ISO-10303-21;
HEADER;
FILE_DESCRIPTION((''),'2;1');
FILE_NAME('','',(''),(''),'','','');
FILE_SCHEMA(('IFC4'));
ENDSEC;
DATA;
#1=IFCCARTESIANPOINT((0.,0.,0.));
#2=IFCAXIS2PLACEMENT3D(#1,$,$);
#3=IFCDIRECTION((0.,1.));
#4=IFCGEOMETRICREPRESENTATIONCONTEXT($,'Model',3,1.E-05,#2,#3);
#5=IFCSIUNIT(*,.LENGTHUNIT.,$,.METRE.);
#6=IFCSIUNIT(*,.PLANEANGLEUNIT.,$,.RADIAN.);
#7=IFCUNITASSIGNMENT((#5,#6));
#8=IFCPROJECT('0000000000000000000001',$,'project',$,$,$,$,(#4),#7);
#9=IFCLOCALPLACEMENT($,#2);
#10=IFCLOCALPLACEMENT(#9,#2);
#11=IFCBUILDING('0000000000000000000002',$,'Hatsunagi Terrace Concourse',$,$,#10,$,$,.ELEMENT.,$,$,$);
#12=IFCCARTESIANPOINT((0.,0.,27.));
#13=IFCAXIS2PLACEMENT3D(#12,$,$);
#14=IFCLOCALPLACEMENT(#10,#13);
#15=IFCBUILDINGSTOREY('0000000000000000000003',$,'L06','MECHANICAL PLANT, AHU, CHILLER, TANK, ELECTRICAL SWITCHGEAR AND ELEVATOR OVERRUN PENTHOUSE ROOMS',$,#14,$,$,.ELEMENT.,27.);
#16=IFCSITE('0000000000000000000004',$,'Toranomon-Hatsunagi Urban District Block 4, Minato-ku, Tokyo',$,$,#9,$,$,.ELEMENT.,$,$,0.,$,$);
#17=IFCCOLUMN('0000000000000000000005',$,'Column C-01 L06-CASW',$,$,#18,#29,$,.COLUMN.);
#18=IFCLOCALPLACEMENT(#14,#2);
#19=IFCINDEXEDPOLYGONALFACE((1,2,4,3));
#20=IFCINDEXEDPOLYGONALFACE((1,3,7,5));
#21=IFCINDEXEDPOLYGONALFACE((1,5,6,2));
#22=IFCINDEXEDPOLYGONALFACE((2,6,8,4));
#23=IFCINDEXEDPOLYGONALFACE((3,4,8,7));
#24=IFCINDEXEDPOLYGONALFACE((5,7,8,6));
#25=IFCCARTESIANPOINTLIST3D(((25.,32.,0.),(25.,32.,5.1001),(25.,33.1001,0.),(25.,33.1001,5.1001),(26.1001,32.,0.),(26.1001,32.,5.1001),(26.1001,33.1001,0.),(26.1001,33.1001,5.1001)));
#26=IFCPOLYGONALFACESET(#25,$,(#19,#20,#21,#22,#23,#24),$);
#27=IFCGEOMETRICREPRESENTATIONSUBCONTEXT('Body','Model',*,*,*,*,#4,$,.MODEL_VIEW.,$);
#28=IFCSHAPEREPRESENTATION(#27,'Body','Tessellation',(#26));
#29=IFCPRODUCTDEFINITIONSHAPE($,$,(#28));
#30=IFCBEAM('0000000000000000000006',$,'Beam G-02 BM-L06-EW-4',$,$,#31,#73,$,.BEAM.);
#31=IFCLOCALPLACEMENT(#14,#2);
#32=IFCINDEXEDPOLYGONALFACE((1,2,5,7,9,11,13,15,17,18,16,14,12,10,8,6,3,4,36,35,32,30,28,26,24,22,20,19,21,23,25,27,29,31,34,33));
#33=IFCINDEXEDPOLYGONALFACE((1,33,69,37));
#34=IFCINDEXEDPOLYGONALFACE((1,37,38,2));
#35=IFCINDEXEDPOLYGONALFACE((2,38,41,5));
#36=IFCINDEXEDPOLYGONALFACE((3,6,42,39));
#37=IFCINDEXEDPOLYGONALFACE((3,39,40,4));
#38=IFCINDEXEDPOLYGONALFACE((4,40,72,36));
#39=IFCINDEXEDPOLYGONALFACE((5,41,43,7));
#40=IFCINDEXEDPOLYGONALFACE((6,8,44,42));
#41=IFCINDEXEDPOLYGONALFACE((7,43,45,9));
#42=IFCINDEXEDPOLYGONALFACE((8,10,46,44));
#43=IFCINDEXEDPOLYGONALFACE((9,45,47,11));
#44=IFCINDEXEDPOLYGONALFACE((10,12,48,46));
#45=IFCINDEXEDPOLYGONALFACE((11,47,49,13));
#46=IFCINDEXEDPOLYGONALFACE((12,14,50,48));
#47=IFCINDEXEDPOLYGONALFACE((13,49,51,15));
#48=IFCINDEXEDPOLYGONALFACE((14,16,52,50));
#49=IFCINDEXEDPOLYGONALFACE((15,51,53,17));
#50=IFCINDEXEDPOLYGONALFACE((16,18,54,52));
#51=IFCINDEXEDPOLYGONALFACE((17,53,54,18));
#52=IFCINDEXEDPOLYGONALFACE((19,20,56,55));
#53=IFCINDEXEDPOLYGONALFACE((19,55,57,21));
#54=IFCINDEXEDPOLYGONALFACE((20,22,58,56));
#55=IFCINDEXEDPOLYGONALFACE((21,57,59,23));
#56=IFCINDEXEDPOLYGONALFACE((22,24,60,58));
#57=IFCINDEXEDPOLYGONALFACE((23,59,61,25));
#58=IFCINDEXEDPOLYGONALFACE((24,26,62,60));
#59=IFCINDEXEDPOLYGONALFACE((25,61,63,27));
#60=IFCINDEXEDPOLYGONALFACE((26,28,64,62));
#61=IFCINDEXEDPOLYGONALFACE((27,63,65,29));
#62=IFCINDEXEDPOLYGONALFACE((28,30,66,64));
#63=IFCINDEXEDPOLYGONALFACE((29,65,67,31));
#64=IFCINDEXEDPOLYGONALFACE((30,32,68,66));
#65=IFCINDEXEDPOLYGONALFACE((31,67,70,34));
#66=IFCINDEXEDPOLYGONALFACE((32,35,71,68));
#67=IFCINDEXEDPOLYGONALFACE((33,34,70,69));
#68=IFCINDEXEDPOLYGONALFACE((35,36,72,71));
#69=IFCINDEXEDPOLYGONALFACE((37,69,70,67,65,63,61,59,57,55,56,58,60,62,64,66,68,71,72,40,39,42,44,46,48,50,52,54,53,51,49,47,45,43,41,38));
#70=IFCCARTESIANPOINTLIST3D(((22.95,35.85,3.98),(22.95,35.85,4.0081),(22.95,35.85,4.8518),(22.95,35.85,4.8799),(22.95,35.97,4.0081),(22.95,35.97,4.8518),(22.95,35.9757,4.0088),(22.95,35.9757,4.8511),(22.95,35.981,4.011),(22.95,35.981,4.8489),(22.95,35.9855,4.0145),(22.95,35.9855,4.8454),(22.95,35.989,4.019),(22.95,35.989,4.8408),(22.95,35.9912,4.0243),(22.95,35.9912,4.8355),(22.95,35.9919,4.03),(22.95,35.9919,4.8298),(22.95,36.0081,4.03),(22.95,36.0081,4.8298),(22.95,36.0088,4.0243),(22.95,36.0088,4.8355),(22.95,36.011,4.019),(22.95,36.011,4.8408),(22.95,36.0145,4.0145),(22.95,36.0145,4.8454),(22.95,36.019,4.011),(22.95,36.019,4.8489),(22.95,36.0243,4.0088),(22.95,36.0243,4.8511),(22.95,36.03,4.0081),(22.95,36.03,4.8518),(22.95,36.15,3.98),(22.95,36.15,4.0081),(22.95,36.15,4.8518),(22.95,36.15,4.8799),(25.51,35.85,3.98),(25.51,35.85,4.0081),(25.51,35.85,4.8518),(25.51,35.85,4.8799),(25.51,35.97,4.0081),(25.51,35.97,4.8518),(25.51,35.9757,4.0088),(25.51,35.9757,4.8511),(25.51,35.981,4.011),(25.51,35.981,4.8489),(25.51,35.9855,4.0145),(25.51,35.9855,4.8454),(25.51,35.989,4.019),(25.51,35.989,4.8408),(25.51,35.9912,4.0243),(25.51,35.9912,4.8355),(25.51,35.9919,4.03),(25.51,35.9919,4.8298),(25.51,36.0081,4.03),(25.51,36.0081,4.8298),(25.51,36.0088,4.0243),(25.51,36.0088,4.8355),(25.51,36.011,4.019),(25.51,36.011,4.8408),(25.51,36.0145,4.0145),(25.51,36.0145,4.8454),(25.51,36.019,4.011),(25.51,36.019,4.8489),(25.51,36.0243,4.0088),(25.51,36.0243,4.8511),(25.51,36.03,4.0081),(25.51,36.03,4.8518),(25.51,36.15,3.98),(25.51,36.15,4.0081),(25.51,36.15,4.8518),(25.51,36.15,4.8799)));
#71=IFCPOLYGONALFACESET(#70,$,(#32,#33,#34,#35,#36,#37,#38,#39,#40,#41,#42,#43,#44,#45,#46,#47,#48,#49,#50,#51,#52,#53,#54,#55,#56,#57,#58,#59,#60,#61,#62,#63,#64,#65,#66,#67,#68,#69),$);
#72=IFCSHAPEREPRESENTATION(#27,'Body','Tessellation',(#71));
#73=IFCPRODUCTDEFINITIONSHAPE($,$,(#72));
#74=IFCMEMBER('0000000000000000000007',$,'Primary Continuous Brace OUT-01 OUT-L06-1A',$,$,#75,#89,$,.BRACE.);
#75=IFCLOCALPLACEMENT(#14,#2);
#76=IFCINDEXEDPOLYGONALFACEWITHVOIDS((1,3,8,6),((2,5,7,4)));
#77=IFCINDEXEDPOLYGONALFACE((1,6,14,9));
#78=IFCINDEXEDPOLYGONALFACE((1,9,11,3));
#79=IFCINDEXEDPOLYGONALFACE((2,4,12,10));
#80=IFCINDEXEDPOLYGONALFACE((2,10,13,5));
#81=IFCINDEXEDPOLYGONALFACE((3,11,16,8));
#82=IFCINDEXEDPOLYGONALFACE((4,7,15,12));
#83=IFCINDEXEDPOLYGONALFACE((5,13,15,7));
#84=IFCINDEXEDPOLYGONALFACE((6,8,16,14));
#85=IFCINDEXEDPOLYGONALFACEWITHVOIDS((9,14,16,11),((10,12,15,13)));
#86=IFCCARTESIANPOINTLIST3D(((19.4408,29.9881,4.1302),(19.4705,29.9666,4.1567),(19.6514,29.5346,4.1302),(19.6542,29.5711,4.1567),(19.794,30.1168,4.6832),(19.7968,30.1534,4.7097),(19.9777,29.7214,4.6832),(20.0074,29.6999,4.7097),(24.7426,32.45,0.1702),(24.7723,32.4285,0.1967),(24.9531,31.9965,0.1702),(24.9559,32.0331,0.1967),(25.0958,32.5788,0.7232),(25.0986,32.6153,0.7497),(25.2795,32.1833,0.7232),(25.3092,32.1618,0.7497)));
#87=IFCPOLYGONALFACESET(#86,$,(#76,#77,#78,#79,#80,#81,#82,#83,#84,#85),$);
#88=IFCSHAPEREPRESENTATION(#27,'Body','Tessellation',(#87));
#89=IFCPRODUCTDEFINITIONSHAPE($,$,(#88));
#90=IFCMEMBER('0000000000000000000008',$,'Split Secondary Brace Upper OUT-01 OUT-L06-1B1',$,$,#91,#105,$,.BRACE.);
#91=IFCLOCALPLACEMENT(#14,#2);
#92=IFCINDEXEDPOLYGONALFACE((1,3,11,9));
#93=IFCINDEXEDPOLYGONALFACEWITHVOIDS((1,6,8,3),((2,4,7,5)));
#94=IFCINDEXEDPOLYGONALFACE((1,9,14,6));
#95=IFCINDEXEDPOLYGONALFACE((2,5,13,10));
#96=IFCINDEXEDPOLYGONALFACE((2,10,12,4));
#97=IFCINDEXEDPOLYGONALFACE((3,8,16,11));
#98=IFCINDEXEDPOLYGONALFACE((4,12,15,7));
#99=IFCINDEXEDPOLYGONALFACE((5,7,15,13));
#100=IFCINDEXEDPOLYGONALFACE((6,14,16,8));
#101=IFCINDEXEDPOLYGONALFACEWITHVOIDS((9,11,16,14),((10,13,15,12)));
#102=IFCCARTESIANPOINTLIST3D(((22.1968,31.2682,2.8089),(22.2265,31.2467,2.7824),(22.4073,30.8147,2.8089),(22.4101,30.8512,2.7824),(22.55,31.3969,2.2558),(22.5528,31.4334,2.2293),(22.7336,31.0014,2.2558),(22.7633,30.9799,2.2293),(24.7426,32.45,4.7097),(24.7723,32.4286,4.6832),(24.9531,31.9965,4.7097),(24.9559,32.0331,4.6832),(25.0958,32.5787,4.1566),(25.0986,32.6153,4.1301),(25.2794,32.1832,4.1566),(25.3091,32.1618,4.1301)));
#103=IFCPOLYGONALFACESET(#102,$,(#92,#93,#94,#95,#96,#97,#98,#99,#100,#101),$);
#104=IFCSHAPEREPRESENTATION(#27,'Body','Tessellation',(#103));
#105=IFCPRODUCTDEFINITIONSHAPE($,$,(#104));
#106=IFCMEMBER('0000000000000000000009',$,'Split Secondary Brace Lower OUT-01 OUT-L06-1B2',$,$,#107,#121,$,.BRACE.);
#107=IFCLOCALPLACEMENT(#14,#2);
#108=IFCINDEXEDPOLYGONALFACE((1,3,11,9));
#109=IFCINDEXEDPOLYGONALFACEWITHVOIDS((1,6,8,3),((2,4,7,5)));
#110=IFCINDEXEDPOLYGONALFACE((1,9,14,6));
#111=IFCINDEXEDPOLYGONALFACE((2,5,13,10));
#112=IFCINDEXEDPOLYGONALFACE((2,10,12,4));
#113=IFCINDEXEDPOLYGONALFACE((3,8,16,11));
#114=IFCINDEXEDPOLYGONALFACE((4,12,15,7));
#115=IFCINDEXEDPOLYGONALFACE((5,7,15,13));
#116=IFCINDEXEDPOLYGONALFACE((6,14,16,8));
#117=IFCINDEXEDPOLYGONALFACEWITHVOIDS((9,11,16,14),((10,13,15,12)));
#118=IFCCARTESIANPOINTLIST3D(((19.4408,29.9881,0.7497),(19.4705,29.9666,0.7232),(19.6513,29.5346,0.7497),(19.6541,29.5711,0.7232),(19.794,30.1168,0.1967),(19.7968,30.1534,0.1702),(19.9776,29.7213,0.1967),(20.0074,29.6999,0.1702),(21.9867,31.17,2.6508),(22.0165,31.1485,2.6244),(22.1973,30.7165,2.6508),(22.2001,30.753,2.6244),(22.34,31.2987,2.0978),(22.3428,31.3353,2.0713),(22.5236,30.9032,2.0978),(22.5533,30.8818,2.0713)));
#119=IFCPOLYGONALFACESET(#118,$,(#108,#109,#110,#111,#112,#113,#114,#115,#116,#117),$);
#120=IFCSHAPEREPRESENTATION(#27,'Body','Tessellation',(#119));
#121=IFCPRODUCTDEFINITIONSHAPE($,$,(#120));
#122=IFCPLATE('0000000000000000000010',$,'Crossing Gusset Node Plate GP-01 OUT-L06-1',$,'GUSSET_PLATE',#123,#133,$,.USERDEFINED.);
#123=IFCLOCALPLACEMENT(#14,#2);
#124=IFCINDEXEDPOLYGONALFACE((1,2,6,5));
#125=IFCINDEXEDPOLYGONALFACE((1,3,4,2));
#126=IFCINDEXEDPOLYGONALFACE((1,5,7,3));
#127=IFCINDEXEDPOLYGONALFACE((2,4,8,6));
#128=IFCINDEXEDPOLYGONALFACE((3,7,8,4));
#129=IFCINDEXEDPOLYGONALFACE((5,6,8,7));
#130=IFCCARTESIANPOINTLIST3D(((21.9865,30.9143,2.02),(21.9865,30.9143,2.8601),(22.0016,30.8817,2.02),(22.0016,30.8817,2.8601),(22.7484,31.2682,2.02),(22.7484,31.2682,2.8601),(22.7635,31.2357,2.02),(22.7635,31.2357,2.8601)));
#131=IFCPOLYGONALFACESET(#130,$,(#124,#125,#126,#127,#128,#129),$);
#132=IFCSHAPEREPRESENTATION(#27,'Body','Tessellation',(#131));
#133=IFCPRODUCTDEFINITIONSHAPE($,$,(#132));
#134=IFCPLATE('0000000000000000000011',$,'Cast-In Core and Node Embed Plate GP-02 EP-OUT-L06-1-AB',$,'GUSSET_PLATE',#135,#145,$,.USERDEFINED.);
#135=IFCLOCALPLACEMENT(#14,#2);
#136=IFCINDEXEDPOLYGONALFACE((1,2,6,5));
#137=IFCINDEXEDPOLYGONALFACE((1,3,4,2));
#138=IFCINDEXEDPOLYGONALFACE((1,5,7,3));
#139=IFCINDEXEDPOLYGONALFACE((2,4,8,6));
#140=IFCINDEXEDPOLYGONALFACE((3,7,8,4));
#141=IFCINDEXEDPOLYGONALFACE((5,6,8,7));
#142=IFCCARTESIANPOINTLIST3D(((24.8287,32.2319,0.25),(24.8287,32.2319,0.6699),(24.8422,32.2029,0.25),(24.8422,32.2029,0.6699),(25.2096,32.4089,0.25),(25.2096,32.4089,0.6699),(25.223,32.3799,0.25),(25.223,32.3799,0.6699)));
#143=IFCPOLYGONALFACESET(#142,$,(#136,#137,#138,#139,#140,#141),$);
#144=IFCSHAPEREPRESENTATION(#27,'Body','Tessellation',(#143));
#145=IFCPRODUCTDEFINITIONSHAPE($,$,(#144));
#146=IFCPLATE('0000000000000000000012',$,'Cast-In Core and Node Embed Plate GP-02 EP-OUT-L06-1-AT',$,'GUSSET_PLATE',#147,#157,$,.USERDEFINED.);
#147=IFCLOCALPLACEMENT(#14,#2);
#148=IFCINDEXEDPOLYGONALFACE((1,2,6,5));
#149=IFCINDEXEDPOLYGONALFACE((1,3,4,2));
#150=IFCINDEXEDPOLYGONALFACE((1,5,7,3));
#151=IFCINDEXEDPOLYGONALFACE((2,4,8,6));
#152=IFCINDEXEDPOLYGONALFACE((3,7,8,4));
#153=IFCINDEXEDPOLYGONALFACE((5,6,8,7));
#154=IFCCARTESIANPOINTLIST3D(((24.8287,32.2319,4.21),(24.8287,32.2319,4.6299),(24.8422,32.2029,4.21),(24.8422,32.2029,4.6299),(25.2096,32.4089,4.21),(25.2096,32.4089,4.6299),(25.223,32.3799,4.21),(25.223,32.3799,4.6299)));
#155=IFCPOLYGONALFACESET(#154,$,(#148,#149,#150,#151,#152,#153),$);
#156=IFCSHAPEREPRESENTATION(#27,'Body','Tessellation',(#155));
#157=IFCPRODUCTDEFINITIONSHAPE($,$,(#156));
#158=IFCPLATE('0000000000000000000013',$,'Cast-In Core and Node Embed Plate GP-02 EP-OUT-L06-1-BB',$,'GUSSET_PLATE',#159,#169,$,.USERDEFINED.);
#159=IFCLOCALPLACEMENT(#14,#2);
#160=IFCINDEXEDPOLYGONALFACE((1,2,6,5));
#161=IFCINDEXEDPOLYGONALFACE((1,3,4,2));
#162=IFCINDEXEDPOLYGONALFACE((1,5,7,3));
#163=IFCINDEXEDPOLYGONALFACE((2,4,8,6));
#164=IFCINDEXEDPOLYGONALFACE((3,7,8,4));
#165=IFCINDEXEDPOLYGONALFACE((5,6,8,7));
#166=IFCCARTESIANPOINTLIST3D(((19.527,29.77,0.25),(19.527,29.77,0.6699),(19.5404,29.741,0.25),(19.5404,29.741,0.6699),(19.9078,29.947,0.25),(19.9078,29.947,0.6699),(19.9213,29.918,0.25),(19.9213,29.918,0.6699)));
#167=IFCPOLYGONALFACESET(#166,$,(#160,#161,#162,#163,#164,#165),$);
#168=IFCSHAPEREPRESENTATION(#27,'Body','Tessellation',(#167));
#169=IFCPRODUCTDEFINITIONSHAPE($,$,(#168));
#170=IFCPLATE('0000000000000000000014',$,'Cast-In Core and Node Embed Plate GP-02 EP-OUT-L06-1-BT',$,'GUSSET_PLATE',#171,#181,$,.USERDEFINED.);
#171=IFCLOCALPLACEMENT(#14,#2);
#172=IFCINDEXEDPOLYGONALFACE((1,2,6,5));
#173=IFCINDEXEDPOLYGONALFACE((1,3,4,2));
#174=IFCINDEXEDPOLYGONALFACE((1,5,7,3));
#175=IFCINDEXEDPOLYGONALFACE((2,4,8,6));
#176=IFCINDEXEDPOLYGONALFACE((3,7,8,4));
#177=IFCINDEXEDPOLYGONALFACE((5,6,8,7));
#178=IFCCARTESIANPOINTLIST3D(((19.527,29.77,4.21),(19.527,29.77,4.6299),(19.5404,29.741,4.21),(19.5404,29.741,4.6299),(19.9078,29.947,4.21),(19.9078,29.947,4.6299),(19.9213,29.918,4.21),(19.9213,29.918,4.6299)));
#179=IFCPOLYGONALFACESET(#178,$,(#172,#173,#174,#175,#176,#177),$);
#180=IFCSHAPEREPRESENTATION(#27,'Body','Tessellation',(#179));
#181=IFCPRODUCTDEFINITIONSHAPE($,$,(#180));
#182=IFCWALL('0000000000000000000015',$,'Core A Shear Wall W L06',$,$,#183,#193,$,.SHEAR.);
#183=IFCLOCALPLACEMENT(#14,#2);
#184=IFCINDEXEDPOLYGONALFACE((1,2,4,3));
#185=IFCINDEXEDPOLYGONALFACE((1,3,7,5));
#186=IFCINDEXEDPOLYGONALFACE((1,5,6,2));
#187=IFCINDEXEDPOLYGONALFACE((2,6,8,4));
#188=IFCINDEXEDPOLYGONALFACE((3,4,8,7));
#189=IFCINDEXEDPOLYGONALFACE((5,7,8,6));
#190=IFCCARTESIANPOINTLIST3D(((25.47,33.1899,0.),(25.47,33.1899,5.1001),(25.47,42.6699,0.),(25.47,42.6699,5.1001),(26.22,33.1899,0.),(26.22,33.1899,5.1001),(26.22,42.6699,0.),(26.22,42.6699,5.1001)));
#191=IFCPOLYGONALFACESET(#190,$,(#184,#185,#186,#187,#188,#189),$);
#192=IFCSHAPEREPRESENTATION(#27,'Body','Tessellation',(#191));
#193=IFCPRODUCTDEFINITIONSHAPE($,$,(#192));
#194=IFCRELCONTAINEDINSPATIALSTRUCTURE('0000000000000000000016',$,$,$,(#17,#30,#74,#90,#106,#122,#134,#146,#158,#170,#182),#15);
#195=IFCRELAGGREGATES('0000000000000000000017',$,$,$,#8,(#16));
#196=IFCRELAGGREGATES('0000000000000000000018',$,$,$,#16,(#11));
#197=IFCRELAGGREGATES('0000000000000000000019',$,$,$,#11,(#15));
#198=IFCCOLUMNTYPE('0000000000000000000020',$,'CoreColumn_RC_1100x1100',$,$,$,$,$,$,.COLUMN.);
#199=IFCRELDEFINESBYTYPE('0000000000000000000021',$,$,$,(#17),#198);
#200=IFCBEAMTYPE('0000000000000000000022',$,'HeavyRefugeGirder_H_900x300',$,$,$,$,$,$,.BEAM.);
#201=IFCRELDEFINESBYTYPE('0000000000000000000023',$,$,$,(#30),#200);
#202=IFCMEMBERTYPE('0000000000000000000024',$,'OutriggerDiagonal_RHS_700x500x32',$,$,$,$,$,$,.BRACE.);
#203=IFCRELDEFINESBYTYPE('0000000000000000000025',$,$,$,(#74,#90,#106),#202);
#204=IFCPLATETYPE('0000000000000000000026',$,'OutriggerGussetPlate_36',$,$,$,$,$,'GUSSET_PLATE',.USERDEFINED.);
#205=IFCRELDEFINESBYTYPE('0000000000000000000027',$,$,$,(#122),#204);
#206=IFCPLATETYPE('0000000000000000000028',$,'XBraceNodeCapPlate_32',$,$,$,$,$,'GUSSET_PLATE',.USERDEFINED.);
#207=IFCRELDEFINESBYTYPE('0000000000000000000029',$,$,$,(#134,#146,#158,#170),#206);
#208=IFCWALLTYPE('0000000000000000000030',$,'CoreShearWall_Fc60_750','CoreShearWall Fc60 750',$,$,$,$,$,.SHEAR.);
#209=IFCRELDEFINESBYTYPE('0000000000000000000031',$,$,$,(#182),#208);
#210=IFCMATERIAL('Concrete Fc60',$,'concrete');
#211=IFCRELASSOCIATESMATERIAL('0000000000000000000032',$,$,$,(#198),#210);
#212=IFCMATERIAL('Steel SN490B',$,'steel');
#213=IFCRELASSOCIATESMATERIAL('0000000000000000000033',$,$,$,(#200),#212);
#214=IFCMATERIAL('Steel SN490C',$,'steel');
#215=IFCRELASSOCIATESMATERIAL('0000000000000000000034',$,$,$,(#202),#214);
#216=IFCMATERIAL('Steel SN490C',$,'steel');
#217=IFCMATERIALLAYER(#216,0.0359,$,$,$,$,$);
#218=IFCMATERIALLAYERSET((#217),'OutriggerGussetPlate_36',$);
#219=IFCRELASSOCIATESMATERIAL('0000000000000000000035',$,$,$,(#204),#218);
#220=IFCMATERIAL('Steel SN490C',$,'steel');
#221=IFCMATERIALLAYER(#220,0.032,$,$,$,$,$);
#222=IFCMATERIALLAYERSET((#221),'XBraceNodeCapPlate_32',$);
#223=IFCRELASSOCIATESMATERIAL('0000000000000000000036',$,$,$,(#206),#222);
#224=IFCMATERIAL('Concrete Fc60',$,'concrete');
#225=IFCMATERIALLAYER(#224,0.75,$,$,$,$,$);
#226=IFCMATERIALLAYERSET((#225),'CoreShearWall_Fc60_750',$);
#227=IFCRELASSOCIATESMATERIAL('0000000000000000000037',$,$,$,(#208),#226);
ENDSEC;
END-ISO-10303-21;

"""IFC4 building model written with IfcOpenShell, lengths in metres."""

from ifc_helpers import new_model, si_unit, direction, frame, frame_2d, origin, origin_2d, place, context, subcontext, project, spatial, rectangle, hollow_rectangle, i_section, extrude, material, layer, layer_set, material_profile, profile_set, type_object, element, save


model = new_model("IFC4")

# Units and contexts
model_context = context("Model", 3, precision=1e-05, world=origin(), true_north=direction((0.0, 1.0)))
body_context = subcontext(model_context, "Body", "Model", "MODEL_VIEW")
ifc_project = project(units=[si_unit("LENGTHUNIT", "METRE"), si_unit("PLANEANGLEUNIT", "RADIAN")], contexts=[model_context])

# Site, building, storey
site_placement = place(None, origin())
site = spatial("IfcSite", under=ifc_project, at=site_placement, Name="Toranomon-Hatsunagi Urban District Block 4, Minato-ku, Tokyo", CompositionType="ELEMENT", RefElevation=0.0)
building_placement = place(site_placement, origin())
building = spatial("IfcBuilding", under=site, at=building_placement, Name="Hatsunagi Terrace Concourse", CompositionType="ELEMENT")
storey_placement = place(building_placement, frame((0.0, 0.0, 27.0)))
storey = spatial("IfcBuildingStorey", under=building, at=storey_placement, Name="L06", Description="MECHANICAL PLANT, AHU, CHILLER, TANK, ELECTRICAL SWITCHGEAR AND ELEVATOR OVERRUN PENTHOUSE ROOMS", CompositionType="ELEMENT", Elevation=27.0)

# Column
ifc_material_1 = material(Name="Concrete Fc60", Category="concrete")
ifc_material_profile_1 = material_profile(ifc_material_1, rectangle(XDim=1.1001, YDim=1.1001, at=origin_2d()), Name="RC-1100x1100")
ifc_profile_set_1 = profile_set([ifc_material_profile_1], Name="Concrete Fc60")
column_type = type_object("IfcColumnType", Name="CoreColumn_RC_1100x1100", PredefinedType="COLUMN", material=ifc_profile_set_1)
column_placement = place(storey_placement, frame((25.55, 32.55, 0.0), z_axis=(0.0, 0.0, 1.0), x_axis=(1.0, 0.0, 0.0)))
element("IfcColumn", 1, at=column_placement, inside=storey, type_object=column_type, Name="Column C-01 L06-CASW", PredefinedType="COLUMN", context=body_context, shape_type="SweptSolid", body=[
    extrude(rectangle(XDim=1.1001, YDim=1.1001, at=origin_2d()), origin(), (0.0, 0.0, 1.0), 5.1001),
])

# Beam
ifc_material_2 = material(Name="Steel SN490B", Category="steel")
ifc_material_profile_2 = material_profile(ifc_material_2, i_section(OverallWidth=0.3, OverallDepth=0.8999, WebThickness=0.0161, FlangeThickness=0.0281, FilletRadius=0.022, at=origin_2d()), Name="H-900x300x16x28")
ifc_profile_set_2 = profile_set([ifc_material_profile_2], Name="Steel SN490B")
beam_type = type_object("IfcBeamType", Name="HeavyRefugeGirder_H_900x300", PredefinedType="BEAM", material=ifc_profile_set_2)
beam_placement = place(storey_placement, frame((22.95, 36.0, 4.4299), z_axis=(1.0, 0.0, 0.0), x_axis=(0.0, 1.0, 0.0)))
element("IfcBeam", 2, at=beam_placement, inside=storey, type_object=beam_type, Name="Beam G-02 BM-L06-EW-4", PredefinedType="BEAM", context=body_context, shape_type="SweptSolid", body=[
    extrude(i_section(OverallWidth=0.3, OverallDepth=0.8999, WebThickness=0.0161, FlangeThickness=0.0281, FilletRadius=0.022, at=origin_2d()), origin(), (0.0, 0.0, 1.0), 2.5601),
])

# Members
ifc_material_3 = material(Name="Steel SN490C", Category="steel")
ifc_material_profile_3 = material_profile(ifc_material_3, hollow_rectangle(XDim=0.5, YDim=0.7, WallThickness=0.032, at=origin_2d()), Name="RHS-700x500x32")
ifc_profile_set_3 = profile_set([ifc_material_profile_3], Name="Steel SN490C")
member_type = type_object("IfcMemberType", Name="OutriggerDiagonal_RHS_700x500x32", PredefinedType="BRACE", material=ifc_profile_set_3)
member_1_placement = place(storey_placement, frame((25.0259, 32.3059, 0.46), z_axis=(-0.750902, -0.348687, 0.56086), x_axis=(0.421165, -0.906984, 0.0)))
element("IfcMember", 3, at=member_1_placement, inside=storey, type_object=member_type, Name="Primary Continuous Brace OUT-01 OUT-L06-1A", PredefinedType="BRACE", context=body_context, shape_type="SweptSolid", body=[
    extrude(hollow_rectangle(XDim=0.5, YDim=0.7, WallThickness=0.032, at=origin_2d()), origin(), (0.0, 0.0, 1.0), 7.0605),
])
member_2_placement = place(storey_placement, frame((25.0259, 32.3059, 4.4199), z_axis=(-0.751013, -0.348643, -0.560739), x_axis=(0.42107, -0.907028, 0.0)))
element("IfcMember", 4, at=member_2_placement, inside=storey, type_object=member_type, Name="Split Secondary Brace Upper OUT-01 OUT-L06-1B1", PredefinedType="BRACE", context=body_context, shape_type="SweptSolid", body=[
    extrude(hollow_rectangle(XDim=0.5, YDim=0.7, WallThickness=0.032, at=origin_2d()), origin(), (0.0, 0.0, 1.0), 3.3899),
])
member_3_placement = place(storey_placement, frame((22.27, 31.0259, 2.3611), z_axis=(-0.750982, -0.348629, -0.560788), x_axis=(0.42107, -0.907028, 0.0)))
element("IfcMember", 5, at=member_3_placement, inside=storey, type_object=member_type, Name="Split Secondary Brace Lower OUT-01 OUT-L06-1B2", PredefinedType="BRACE", context=body_context, shape_type="SweptSolid", body=[
    extrude(hollow_rectangle(XDim=0.5, YDim=0.7, WallThickness=0.032, at=origin_2d()), origin(), (0.0, 0.0, 1.0), 3.3901),
])

# Plates
ifc_material_4 = material(Name="Steel SN490C", Category="steel")
ifc_layer_1 = layer(ifc_material_4, 0.0359)
ifc_layer_set_1 = layer_set([ifc_layer_1], Name="OutriggerGussetPlate_36")
plate_type_1 = type_object("IfcPlateType", Name="OutriggerGussetPlate_36", ElementType="GUSSET_PLATE", PredefinedType="USERDEFINED", material=ifc_layer_set_1)
plate_placement = place(storey_placement, frame((22.375, 31.075, 2.02), z_axis=(0.0, 0.0, 1.0), x_axis=(-0.906912, -0.421321, 0.0)))
element("IfcPlate", 6, at=plate_placement, inside=storey, type_object=plate_type_1, Name="Crossing Gusset Node Plate GP-01 OUT-L06-1", ObjectType="GUSSET_PLATE", PredefinedType="USERDEFINED", context=body_context, shape_type="SweptSolid", body=[
    extrude(rectangle(XDim=0.8401, YDim=0.0359, at=origin_2d()), origin(), (0.0, 0.0, 1.0), 0.8401),
])
ifc_material_5 = material(Name="Steel SN490C", Category="steel")
ifc_layer_2 = layer(ifc_material_5, 0.032)
ifc_layer_set_2 = layer_set([ifc_layer_2], Name="XBraceNodeCapPlate_32")
plate_type_2 = type_object("IfcPlateType", Name="XBraceNodeCapPlate_32", ElementType="GUSSET_PLATE", PredefinedType="USERDEFINED", material=ifc_layer_set_2)
for number, where, z_axis, x_axis, name in (
    (7, (25.0259, 32.3059, 0.25), (0.0, 0.0, 1.0), (-0.906912, -0.421321, 0.0), "Cast-In Core and Node Embed Plate GP-02 EP-OUT-L06-1-AB"),
    (8, (25.0259, 32.3059, 4.21), (0.0, 0.0, 1.0), (-0.906912, -0.421321, 0.0), "Cast-In Core and Node Embed Plate GP-02 EP-OUT-L06-1-AT"),
    (9, (19.7241, 29.844, 0.25), (0.0, 0.0, 1.0), (-0.906912, -0.421321, 0.0), "Cast-In Core and Node Embed Plate GP-02 EP-OUT-L06-1-BB"),
    (10, (19.7241, 29.844, 4.21), (0.0, 0.0, 1.0), (-0.906912, -0.421321, 0.0), "Cast-In Core and Node Embed Plate GP-02 EP-OUT-L06-1-BT"),
):
    element("IfcPlate", number, at=place(storey_placement, frame(where, z_axis=z_axis, x_axis=x_axis)), inside=storey, type_object=plate_type_2, Name=name, ObjectType="GUSSET_PLATE", PredefinedType="USERDEFINED", context=body_context, shape_type="SweptSolid", body=[
        extrude(rectangle(XDim=0.4199, YDim=0.032, at=origin_2d()), origin(), (0.0, 0.0, 1.0), 0.4199),
    ])

# Shared definitions
ifc_material_6 = material(Name="Concrete Fc60", Category="concrete")
ifc_layer_3 = layer(ifc_material_6, 0.75)
ifc_layer_set_3 = layer_set([ifc_layer_3], Name="CoreShearWall_Fc60_750")
wall_type_1 = type_object("IfcWallType", Name="CoreShearWall_Fc60_750", Description="CoreShearWall Fc60 750", PredefinedType="SHEAR", material=ifc_layer_set_3)

# Wall
wall_1_placement = place(storey_placement, frame((25.845, 33.1899, 0.0), z_axis=(0.0, 0.0, 1.0), x_axis=(0.0, 1.0, 0.0)))
element("IfcWall", 11, at=wall_1_placement, inside=storey, type_object=wall_type_1, Name="Core A Shear Wall W L06", PredefinedType="SHEAR", context=body_context, shape_type="SweptSolid", body=[
    extrude(rectangle(XDim=9.48, YDim=0.75, at=frame_2d((4.74, 0.0))), origin(), (0.0, 0.0, 1.0), 5.1001),
])

save(model, "model.ifc")
